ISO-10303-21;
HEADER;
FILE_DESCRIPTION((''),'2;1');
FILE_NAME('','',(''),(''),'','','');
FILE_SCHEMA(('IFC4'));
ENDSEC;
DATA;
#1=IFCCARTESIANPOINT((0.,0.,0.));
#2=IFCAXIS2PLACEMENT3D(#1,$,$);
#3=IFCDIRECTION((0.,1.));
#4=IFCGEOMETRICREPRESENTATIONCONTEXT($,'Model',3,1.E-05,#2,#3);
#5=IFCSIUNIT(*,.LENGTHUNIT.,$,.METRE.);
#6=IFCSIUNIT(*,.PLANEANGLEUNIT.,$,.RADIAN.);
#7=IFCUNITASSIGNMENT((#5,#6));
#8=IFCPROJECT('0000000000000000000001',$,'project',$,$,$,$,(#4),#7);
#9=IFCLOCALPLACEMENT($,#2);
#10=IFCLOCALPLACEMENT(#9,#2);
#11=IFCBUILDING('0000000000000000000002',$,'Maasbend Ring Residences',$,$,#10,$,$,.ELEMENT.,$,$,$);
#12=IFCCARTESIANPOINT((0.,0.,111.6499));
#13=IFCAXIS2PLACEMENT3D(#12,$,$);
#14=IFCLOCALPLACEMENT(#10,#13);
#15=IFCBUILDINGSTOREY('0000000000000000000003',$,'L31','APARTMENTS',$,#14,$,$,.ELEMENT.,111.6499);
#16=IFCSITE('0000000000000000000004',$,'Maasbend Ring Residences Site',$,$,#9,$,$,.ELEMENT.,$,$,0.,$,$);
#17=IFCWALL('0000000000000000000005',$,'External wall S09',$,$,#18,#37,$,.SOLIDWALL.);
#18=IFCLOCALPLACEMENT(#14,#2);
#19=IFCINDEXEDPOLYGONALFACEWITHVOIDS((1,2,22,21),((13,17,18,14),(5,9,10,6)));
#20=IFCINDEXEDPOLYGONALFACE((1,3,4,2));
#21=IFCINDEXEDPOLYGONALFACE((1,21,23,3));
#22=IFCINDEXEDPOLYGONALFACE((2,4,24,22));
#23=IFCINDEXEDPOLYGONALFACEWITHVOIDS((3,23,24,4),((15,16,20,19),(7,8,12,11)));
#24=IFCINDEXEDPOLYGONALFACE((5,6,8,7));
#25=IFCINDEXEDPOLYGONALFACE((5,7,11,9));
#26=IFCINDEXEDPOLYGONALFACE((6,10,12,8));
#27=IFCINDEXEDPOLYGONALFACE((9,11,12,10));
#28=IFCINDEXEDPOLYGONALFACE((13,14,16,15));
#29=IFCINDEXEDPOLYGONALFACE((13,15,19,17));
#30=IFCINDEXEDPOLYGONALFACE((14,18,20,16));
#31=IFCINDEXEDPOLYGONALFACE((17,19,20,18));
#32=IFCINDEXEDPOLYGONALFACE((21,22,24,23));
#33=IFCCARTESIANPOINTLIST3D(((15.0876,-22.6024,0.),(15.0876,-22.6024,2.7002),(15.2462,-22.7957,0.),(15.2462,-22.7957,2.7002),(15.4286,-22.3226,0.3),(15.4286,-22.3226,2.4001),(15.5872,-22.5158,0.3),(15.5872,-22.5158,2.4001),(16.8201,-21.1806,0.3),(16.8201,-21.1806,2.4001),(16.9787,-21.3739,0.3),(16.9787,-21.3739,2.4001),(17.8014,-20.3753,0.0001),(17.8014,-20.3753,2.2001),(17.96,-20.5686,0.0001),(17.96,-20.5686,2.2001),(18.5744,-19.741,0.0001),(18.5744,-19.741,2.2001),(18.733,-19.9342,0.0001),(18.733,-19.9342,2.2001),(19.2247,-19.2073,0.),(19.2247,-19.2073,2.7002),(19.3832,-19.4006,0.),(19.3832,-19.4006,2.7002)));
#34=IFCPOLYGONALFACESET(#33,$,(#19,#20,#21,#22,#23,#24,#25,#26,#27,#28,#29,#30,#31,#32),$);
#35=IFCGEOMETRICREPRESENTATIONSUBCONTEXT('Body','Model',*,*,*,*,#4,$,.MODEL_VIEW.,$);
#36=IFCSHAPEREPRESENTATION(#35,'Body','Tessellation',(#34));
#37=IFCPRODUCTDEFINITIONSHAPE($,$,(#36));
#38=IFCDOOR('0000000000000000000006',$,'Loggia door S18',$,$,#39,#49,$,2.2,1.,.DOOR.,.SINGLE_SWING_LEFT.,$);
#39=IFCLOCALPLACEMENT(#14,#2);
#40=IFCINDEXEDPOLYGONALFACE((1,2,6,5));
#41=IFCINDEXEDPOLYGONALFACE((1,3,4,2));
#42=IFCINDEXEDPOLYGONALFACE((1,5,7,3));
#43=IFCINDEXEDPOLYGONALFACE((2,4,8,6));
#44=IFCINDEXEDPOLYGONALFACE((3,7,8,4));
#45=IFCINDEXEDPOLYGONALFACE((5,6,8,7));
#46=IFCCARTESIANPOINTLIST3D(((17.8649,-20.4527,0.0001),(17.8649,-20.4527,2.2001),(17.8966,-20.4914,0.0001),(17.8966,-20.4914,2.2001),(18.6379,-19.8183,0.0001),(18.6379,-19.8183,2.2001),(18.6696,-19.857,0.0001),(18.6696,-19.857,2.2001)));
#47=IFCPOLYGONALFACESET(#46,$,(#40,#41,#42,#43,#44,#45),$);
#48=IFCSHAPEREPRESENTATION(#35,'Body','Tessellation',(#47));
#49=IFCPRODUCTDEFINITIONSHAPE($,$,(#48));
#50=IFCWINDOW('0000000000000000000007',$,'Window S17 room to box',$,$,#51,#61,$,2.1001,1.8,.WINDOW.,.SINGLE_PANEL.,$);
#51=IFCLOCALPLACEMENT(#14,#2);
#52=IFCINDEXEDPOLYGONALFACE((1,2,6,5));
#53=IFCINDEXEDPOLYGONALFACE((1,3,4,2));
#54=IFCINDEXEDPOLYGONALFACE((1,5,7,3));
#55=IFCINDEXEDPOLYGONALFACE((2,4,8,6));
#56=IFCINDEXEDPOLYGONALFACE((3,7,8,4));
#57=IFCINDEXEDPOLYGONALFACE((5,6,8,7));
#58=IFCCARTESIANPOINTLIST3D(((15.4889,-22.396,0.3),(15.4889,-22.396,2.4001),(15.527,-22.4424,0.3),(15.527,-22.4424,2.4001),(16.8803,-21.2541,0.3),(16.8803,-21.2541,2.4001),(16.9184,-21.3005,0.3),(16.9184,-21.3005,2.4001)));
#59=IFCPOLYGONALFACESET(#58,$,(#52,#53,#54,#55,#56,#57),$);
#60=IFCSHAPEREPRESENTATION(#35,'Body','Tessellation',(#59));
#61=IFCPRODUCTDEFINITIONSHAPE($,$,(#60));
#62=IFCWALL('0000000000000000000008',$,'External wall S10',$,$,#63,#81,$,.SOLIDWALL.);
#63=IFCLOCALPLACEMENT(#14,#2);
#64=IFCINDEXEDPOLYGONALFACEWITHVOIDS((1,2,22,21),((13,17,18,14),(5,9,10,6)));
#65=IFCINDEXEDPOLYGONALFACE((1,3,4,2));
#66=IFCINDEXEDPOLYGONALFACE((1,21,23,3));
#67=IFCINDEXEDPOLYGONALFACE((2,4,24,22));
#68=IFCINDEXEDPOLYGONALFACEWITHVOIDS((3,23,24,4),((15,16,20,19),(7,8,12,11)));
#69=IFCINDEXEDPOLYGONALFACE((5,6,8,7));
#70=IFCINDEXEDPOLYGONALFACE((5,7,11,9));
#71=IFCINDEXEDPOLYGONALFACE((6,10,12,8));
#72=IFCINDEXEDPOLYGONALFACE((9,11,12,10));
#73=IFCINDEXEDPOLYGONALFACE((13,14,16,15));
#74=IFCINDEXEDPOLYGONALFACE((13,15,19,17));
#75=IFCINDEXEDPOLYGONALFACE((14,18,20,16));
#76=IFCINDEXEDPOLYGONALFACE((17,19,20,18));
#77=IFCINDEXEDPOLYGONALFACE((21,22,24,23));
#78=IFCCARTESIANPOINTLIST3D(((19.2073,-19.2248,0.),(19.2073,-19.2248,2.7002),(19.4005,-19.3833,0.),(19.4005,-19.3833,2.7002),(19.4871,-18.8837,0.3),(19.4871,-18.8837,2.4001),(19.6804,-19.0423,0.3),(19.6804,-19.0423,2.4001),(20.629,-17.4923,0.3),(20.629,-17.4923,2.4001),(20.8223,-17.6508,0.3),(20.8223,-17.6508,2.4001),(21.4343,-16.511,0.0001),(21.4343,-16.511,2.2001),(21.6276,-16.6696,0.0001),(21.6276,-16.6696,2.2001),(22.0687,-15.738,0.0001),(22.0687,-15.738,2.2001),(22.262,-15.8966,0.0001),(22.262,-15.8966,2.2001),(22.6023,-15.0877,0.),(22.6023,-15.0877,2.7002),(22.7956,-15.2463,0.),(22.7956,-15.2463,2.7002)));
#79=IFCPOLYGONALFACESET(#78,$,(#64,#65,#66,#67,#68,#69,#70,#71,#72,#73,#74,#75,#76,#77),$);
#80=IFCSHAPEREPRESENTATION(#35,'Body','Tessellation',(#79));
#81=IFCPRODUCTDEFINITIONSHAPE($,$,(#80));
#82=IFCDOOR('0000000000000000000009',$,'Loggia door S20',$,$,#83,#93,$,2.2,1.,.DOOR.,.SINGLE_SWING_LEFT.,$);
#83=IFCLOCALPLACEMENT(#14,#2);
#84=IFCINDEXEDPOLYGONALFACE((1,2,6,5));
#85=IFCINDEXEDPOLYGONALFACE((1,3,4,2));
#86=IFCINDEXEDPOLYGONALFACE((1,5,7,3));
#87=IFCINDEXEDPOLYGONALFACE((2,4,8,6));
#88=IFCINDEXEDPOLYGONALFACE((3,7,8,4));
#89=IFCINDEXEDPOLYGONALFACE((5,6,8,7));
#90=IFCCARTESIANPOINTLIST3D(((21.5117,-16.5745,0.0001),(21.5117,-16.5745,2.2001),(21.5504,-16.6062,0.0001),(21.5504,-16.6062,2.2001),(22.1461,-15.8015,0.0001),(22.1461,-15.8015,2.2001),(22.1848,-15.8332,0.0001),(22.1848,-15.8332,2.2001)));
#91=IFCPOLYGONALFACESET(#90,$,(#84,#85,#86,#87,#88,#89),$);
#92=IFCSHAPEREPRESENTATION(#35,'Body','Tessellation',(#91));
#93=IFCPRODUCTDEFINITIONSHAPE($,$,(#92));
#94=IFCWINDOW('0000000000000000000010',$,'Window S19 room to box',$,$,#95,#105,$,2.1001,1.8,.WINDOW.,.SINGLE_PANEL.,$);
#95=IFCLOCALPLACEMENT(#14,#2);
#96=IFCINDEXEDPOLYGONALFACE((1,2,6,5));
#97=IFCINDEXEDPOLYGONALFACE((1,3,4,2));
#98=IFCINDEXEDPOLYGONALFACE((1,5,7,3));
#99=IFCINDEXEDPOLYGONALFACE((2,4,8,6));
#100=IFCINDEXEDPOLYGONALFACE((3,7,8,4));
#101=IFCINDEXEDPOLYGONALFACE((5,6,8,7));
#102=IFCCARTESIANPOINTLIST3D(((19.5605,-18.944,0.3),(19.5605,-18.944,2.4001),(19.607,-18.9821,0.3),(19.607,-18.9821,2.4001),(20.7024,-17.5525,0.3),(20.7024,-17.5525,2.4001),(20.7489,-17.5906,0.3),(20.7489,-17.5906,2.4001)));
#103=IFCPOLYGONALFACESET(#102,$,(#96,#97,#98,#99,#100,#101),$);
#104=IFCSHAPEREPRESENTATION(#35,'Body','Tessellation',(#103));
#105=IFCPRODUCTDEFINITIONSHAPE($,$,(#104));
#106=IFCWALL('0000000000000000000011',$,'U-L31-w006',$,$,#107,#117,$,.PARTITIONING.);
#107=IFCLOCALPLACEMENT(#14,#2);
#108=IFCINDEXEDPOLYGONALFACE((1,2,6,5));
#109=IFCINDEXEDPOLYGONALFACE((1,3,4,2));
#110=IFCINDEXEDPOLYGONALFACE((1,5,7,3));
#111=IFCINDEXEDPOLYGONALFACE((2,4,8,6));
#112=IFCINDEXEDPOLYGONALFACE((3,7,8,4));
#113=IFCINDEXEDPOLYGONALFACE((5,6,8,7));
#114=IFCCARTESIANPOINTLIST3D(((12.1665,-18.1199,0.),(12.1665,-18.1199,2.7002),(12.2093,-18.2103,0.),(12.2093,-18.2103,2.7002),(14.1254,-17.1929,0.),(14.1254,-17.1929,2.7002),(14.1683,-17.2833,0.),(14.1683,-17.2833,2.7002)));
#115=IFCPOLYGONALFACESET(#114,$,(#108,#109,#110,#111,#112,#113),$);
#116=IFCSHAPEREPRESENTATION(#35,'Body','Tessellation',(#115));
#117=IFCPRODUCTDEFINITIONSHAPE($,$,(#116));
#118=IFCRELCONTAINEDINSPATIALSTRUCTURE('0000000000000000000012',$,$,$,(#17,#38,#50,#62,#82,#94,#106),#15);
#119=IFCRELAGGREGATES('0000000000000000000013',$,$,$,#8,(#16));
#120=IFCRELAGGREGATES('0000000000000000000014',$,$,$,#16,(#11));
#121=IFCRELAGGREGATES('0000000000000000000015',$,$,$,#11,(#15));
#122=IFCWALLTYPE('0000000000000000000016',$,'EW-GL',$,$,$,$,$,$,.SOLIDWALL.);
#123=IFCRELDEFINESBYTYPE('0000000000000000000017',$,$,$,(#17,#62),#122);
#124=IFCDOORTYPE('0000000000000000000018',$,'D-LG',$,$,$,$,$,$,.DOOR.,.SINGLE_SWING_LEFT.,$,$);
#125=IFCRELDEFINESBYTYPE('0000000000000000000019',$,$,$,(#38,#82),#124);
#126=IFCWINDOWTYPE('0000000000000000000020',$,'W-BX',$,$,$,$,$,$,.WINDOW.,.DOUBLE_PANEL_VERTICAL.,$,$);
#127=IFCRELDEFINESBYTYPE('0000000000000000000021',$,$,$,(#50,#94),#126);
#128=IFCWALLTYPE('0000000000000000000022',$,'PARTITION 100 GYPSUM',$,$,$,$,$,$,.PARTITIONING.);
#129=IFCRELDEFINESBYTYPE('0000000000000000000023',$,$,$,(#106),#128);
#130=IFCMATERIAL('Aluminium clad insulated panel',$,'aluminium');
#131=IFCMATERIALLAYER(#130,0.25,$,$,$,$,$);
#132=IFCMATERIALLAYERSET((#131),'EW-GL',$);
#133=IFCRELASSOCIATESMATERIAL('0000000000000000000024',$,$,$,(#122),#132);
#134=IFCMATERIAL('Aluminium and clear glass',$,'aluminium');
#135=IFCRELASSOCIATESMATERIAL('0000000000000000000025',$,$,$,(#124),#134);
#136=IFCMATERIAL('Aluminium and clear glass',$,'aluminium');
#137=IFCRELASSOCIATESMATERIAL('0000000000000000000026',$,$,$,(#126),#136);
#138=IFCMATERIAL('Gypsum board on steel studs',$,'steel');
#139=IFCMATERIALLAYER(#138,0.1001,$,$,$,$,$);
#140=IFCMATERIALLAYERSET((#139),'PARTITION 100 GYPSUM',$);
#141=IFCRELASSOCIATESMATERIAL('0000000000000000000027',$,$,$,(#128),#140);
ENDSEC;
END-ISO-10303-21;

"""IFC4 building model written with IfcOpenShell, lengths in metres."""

from ifc_helpers import new_model, si_unit, direction, frame, frame_2d, origin, place, context, subcontext, project, spatial, rectangle, extrude, material, layer, layer_set, type_object, element, fill, save


model = new_model("IFC4")

# Units and contexts
model_context = context("Model", 3, precision=1e-05, world=origin(), true_north=direction((0.0, 1.0)))
body_context = subcontext(model_context, "Body", "Model", "MODEL_VIEW")
ifc_project = project(units=[si_unit("LENGTHUNIT", "METRE"), si_unit("PLANEANGLEUNIT", "RADIAN")], contexts=[model_context])

# Site, building, storey
site_placement = place(None, origin())
site = spatial("IfcSite", under=ifc_project, at=site_placement, Name="Maasbend Ring Residences Site", CompositionType="ELEMENT", RefElevation=0.0)
building_placement = place(site_placement, origin())
building = spatial("IfcBuilding", under=site, at=building_placement, Name="Maasbend Ring Residences", CompositionType="ELEMENT")
storey_placement = place(building_placement, frame((0.0, 0.0, 111.6499)))
storey = spatial("IfcBuildingStorey", under=building, at=storey_placement, Name="L31", Description="APARTMENTS", CompositionType="ELEMENT", Elevation=111.6499)

# Walls, openings, doors, windows
ifc_material_1 = material(Name="Aluminium clad insulated panel", Category="aluminium")
ifc_layer_1 = layer(ifc_material_1, 0.25)
ifc_layer_set_1 = layer_set([ifc_layer_1], Name="EW-GL")
wall_type_1 = type_object("IfcWallType", Name="EW-GL", PredefinedType="SOLIDWALL", material=ifc_layer_set_1)
wall_1_placement = place(storey_placement, frame((15.167, -22.699, 0.0), z_axis=(0.0, 0.0, 1.0), x_axis=(0.773019, 0.634382, 0.0)))
wall_1 = element("IfcWall", 1, at=wall_1_placement, inside=storey, type_object=wall_type_1, Name="External wall S09", PredefinedType="SOLIDWALL", context=body_context, shape_type="SweptSolid", body=[
    extrude(rectangle(XDim=5.3518, YDim=0.25, at=frame_2d((2.6758, 0.0))), origin(), (0.0, 0.0, 1.0), 2.7002),
])
opening_1_placement = place(wall_1_placement, frame((0.4412, 0.0, 0.3)))
opening_1 = element("IfcOpeningElement", 2, at=opening_1_placement, cuts=wall_1, PredefinedType="OPENING", context=body_context, shape_type="SweptSolid", body=[
    extrude(rectangle(XDim=1.8, YDim=2.1001, at=frame_2d((0.8999, 1.05))), frame((0.0, 0.135, 0.0), z_axis=(0.0, -1.0, 0.0), x_axis=(1.0, 0.0, 0.0)), (0.0, 0.0, 1.0), 0.27),
])
opening_2_placement = place(wall_1_placement, frame((3.5105, 0.0, 0.0)))
opening_2 = element("IfcOpeningElement", 3, at=opening_2_placement, cuts=wall_1, PredefinedType="OPENING", context=body_context, shape_type="SweptSolid", body=[
    extrude(rectangle(XDim=1.0, YDim=2.2, at=frame_2d((0.5, 1.1001))), frame((0.0, 0.135, 0.0), z_axis=(0.0, -1.0, 0.0), x_axis=(1.0, 0.0, 0.0)), (0.0, 0.0, 1.0), 0.27),
])
ifc_material_2 = material(Name="Aluminium and clear glass", Category="aluminium")
door_type = type_object("IfcDoorType", Name="D-LG", OperationType="SINGLE_SWING_LEFT", PredefinedType="DOOR", material=ifc_material_2)
door_1_placement = place(opening_2_placement, origin())
door_1 = element("IfcDoor", 4, at=door_1_placement, inside=storey, type_object=door_type, Name="Loggia door S18", OperationType="SINGLE_SWING_LEFT", OverallHeight=2.2, OverallWidth=1.0, PredefinedType="DOOR", context=body_context, shape_type="SweptSolid", body=[
    extrude(rectangle(XDim=1.0, YDim=2.2, at=frame_2d((0.5, 1.1001))), frame((0.0, 0.0249, 0.0), z_axis=(0.0, -1.0, 0.0), x_axis=(1.0, 0.0, 0.0)), (0.0, 0.0, 1.0), 0.05),
])
fill(opening_2, door_1)
ifc_material_3 = material(Name="Aluminium and clear glass", Category="aluminium")
window_type_1 = type_object("IfcWindowType", Name="W-BX", PartitioningType="DOUBLE_PANEL_VERTICAL", PredefinedType="WINDOW", material=ifc_material_3)
window_1_placement = place(opening_1_placement, origin())
window_1 = element("IfcWindow", 5, at=window_1_placement, inside=storey, type_object=window_type_1, Name="Window S17 room to box", OverallHeight=2.1001, OverallWidth=1.8, PartitioningType="SINGLE_PANEL", PredefinedType="WINDOW", context=body_context, shape_type="SweptSolid", body=[
    extrude(rectangle(XDim=1.8, YDim=2.1001, at=frame_2d((0.8999, 1.05))), frame((0.0, 0.03, 0.0), z_axis=(0.0, -1.0, 0.0), x_axis=(1.0, 0.0, 0.0)), (0.0, 0.0, 1.0), 0.0601),
])
fill(opening_1, window_1)
wall_2_placement = place(storey_placement, frame((19.304, -19.304, 0.0), z_axis=(0.0, 0.0, 1.0), x_axis=(0.634382, 0.773019, 0.0)))
wall_2 = element("IfcWall", 6, at=wall_2_placement, inside=storey, type_object=wall_type_1, Name="External wall S10", PredefinedType="SOLIDWALL", context=body_context, shape_type="SweptSolid", body=[
    extrude(rectangle(XDim=5.3518, YDim=0.25, at=frame_2d((2.6758, 0.0))), origin(), (0.0, 0.0, 1.0), 2.7002),
])
opening_3_placement = place(wall_2_placement, frame((0.4412, 0.0, 0.3)))
opening_3 = element("IfcOpeningElement", 7, at=opening_3_placement, cuts=wall_2, PredefinedType="OPENING", context=body_context, shape_type="SweptSolid", body=[
    extrude(rectangle(XDim=1.8, YDim=2.1001, at=frame_2d((0.8999, 1.05))), frame((0.0, 0.135, 0.0), z_axis=(0.0, -1.0, 0.0), x_axis=(1.0, 0.0, 0.0)), (0.0, 0.0, 1.0), 0.27),
])
opening_4_placement = place(wall_2_placement, frame((3.5105, 0.0, 0.0)))
opening_4 = element("IfcOpeningElement", 8, at=opening_4_placement, cuts=wall_2, PredefinedType="OPENING", context=body_context, shape_type="SweptSolid", body=[
    extrude(rectangle(XDim=1.0, YDim=2.2, at=frame_2d((0.5, 1.1001))), frame((0.0, 0.135, 0.0), z_axis=(0.0, -1.0, 0.0), x_axis=(1.0, 0.0, 0.0)), (0.0, 0.0, 1.0), 0.27),
])
door_2_placement = place(opening_4_placement, origin())
door_2 = element("IfcDoor", 9, at=door_2_placement, inside=storey, type_object=door_type, Name="Loggia door S20", OperationType="SINGLE_SWING_LEFT", OverallHeight=2.2, OverallWidth=1.0, PredefinedType="DOOR", context=body_context, shape_type="SweptSolid", body=[
    extrude(rectangle(XDim=1.0, YDim=2.2, at=frame_2d((0.5, 1.1001))), frame((0.0, 0.0249, 0.0), z_axis=(0.0, -1.0, 0.0), x_axis=(1.0, 0.0, 0.0)), (0.0, 0.0, 1.0), 0.05),
])
fill(opening_4, door_2)
window_2_placement = place(opening_3_placement, origin())
window_2 = element("IfcWindow", 10, at=window_2_placement, inside=storey, type_object=window_type_1, Name="Window S19 room to box", OverallHeight=2.1001, OverallWidth=1.8, PartitioningType="SINGLE_PANEL", PredefinedType="WINDOW", context=body_context, shape_type="SweptSolid", body=[
    extrude(rectangle(XDim=1.8, YDim=2.1001, at=frame_2d((0.8999, 1.05))), frame((0.0, 0.03, 0.0), z_axis=(0.0, -1.0, 0.0), x_axis=(1.0, 0.0, 0.0)), (0.0, 0.0, 1.0), 0.0601),
])
fill(opening_3, window_2)

# Wall
ifc_material_4 = material(Name="Gypsum board on steel studs", Category="steel")
ifc_layer_2 = layer(ifc_material_4, 0.1001)
ifc_layer_set_2 = layer_set([ifc_layer_2], Name="PARTITION 100 GYPSUM")
wall_type_2 = type_object("IfcWallType", Name="PARTITION 100 GYPSUM", PredefinedType="PARTITIONING", material=ifc_layer_set_2)
wall_3_placement = place(storey_placement, frame((12.188, -18.165, 0.0), z_axis=(0.0, 0.0, 1.0), x_axis=(0.903905, 0.427733, 0.0)))
element("IfcWall", 11, at=wall_3_placement, inside=storey, type_object=wall_type_2, Name="U-L31-w006", PredefinedType="PARTITIONING", context=body_context, shape_type="SweptSolid", body=[
    extrude(rectangle(XDim=2.1672, YDim=0.1001, at=frame_2d((1.0835, 0.0))), origin(), (0.0, 0.0, 1.0), 2.7002),
])

save(model, "model.ifc")
